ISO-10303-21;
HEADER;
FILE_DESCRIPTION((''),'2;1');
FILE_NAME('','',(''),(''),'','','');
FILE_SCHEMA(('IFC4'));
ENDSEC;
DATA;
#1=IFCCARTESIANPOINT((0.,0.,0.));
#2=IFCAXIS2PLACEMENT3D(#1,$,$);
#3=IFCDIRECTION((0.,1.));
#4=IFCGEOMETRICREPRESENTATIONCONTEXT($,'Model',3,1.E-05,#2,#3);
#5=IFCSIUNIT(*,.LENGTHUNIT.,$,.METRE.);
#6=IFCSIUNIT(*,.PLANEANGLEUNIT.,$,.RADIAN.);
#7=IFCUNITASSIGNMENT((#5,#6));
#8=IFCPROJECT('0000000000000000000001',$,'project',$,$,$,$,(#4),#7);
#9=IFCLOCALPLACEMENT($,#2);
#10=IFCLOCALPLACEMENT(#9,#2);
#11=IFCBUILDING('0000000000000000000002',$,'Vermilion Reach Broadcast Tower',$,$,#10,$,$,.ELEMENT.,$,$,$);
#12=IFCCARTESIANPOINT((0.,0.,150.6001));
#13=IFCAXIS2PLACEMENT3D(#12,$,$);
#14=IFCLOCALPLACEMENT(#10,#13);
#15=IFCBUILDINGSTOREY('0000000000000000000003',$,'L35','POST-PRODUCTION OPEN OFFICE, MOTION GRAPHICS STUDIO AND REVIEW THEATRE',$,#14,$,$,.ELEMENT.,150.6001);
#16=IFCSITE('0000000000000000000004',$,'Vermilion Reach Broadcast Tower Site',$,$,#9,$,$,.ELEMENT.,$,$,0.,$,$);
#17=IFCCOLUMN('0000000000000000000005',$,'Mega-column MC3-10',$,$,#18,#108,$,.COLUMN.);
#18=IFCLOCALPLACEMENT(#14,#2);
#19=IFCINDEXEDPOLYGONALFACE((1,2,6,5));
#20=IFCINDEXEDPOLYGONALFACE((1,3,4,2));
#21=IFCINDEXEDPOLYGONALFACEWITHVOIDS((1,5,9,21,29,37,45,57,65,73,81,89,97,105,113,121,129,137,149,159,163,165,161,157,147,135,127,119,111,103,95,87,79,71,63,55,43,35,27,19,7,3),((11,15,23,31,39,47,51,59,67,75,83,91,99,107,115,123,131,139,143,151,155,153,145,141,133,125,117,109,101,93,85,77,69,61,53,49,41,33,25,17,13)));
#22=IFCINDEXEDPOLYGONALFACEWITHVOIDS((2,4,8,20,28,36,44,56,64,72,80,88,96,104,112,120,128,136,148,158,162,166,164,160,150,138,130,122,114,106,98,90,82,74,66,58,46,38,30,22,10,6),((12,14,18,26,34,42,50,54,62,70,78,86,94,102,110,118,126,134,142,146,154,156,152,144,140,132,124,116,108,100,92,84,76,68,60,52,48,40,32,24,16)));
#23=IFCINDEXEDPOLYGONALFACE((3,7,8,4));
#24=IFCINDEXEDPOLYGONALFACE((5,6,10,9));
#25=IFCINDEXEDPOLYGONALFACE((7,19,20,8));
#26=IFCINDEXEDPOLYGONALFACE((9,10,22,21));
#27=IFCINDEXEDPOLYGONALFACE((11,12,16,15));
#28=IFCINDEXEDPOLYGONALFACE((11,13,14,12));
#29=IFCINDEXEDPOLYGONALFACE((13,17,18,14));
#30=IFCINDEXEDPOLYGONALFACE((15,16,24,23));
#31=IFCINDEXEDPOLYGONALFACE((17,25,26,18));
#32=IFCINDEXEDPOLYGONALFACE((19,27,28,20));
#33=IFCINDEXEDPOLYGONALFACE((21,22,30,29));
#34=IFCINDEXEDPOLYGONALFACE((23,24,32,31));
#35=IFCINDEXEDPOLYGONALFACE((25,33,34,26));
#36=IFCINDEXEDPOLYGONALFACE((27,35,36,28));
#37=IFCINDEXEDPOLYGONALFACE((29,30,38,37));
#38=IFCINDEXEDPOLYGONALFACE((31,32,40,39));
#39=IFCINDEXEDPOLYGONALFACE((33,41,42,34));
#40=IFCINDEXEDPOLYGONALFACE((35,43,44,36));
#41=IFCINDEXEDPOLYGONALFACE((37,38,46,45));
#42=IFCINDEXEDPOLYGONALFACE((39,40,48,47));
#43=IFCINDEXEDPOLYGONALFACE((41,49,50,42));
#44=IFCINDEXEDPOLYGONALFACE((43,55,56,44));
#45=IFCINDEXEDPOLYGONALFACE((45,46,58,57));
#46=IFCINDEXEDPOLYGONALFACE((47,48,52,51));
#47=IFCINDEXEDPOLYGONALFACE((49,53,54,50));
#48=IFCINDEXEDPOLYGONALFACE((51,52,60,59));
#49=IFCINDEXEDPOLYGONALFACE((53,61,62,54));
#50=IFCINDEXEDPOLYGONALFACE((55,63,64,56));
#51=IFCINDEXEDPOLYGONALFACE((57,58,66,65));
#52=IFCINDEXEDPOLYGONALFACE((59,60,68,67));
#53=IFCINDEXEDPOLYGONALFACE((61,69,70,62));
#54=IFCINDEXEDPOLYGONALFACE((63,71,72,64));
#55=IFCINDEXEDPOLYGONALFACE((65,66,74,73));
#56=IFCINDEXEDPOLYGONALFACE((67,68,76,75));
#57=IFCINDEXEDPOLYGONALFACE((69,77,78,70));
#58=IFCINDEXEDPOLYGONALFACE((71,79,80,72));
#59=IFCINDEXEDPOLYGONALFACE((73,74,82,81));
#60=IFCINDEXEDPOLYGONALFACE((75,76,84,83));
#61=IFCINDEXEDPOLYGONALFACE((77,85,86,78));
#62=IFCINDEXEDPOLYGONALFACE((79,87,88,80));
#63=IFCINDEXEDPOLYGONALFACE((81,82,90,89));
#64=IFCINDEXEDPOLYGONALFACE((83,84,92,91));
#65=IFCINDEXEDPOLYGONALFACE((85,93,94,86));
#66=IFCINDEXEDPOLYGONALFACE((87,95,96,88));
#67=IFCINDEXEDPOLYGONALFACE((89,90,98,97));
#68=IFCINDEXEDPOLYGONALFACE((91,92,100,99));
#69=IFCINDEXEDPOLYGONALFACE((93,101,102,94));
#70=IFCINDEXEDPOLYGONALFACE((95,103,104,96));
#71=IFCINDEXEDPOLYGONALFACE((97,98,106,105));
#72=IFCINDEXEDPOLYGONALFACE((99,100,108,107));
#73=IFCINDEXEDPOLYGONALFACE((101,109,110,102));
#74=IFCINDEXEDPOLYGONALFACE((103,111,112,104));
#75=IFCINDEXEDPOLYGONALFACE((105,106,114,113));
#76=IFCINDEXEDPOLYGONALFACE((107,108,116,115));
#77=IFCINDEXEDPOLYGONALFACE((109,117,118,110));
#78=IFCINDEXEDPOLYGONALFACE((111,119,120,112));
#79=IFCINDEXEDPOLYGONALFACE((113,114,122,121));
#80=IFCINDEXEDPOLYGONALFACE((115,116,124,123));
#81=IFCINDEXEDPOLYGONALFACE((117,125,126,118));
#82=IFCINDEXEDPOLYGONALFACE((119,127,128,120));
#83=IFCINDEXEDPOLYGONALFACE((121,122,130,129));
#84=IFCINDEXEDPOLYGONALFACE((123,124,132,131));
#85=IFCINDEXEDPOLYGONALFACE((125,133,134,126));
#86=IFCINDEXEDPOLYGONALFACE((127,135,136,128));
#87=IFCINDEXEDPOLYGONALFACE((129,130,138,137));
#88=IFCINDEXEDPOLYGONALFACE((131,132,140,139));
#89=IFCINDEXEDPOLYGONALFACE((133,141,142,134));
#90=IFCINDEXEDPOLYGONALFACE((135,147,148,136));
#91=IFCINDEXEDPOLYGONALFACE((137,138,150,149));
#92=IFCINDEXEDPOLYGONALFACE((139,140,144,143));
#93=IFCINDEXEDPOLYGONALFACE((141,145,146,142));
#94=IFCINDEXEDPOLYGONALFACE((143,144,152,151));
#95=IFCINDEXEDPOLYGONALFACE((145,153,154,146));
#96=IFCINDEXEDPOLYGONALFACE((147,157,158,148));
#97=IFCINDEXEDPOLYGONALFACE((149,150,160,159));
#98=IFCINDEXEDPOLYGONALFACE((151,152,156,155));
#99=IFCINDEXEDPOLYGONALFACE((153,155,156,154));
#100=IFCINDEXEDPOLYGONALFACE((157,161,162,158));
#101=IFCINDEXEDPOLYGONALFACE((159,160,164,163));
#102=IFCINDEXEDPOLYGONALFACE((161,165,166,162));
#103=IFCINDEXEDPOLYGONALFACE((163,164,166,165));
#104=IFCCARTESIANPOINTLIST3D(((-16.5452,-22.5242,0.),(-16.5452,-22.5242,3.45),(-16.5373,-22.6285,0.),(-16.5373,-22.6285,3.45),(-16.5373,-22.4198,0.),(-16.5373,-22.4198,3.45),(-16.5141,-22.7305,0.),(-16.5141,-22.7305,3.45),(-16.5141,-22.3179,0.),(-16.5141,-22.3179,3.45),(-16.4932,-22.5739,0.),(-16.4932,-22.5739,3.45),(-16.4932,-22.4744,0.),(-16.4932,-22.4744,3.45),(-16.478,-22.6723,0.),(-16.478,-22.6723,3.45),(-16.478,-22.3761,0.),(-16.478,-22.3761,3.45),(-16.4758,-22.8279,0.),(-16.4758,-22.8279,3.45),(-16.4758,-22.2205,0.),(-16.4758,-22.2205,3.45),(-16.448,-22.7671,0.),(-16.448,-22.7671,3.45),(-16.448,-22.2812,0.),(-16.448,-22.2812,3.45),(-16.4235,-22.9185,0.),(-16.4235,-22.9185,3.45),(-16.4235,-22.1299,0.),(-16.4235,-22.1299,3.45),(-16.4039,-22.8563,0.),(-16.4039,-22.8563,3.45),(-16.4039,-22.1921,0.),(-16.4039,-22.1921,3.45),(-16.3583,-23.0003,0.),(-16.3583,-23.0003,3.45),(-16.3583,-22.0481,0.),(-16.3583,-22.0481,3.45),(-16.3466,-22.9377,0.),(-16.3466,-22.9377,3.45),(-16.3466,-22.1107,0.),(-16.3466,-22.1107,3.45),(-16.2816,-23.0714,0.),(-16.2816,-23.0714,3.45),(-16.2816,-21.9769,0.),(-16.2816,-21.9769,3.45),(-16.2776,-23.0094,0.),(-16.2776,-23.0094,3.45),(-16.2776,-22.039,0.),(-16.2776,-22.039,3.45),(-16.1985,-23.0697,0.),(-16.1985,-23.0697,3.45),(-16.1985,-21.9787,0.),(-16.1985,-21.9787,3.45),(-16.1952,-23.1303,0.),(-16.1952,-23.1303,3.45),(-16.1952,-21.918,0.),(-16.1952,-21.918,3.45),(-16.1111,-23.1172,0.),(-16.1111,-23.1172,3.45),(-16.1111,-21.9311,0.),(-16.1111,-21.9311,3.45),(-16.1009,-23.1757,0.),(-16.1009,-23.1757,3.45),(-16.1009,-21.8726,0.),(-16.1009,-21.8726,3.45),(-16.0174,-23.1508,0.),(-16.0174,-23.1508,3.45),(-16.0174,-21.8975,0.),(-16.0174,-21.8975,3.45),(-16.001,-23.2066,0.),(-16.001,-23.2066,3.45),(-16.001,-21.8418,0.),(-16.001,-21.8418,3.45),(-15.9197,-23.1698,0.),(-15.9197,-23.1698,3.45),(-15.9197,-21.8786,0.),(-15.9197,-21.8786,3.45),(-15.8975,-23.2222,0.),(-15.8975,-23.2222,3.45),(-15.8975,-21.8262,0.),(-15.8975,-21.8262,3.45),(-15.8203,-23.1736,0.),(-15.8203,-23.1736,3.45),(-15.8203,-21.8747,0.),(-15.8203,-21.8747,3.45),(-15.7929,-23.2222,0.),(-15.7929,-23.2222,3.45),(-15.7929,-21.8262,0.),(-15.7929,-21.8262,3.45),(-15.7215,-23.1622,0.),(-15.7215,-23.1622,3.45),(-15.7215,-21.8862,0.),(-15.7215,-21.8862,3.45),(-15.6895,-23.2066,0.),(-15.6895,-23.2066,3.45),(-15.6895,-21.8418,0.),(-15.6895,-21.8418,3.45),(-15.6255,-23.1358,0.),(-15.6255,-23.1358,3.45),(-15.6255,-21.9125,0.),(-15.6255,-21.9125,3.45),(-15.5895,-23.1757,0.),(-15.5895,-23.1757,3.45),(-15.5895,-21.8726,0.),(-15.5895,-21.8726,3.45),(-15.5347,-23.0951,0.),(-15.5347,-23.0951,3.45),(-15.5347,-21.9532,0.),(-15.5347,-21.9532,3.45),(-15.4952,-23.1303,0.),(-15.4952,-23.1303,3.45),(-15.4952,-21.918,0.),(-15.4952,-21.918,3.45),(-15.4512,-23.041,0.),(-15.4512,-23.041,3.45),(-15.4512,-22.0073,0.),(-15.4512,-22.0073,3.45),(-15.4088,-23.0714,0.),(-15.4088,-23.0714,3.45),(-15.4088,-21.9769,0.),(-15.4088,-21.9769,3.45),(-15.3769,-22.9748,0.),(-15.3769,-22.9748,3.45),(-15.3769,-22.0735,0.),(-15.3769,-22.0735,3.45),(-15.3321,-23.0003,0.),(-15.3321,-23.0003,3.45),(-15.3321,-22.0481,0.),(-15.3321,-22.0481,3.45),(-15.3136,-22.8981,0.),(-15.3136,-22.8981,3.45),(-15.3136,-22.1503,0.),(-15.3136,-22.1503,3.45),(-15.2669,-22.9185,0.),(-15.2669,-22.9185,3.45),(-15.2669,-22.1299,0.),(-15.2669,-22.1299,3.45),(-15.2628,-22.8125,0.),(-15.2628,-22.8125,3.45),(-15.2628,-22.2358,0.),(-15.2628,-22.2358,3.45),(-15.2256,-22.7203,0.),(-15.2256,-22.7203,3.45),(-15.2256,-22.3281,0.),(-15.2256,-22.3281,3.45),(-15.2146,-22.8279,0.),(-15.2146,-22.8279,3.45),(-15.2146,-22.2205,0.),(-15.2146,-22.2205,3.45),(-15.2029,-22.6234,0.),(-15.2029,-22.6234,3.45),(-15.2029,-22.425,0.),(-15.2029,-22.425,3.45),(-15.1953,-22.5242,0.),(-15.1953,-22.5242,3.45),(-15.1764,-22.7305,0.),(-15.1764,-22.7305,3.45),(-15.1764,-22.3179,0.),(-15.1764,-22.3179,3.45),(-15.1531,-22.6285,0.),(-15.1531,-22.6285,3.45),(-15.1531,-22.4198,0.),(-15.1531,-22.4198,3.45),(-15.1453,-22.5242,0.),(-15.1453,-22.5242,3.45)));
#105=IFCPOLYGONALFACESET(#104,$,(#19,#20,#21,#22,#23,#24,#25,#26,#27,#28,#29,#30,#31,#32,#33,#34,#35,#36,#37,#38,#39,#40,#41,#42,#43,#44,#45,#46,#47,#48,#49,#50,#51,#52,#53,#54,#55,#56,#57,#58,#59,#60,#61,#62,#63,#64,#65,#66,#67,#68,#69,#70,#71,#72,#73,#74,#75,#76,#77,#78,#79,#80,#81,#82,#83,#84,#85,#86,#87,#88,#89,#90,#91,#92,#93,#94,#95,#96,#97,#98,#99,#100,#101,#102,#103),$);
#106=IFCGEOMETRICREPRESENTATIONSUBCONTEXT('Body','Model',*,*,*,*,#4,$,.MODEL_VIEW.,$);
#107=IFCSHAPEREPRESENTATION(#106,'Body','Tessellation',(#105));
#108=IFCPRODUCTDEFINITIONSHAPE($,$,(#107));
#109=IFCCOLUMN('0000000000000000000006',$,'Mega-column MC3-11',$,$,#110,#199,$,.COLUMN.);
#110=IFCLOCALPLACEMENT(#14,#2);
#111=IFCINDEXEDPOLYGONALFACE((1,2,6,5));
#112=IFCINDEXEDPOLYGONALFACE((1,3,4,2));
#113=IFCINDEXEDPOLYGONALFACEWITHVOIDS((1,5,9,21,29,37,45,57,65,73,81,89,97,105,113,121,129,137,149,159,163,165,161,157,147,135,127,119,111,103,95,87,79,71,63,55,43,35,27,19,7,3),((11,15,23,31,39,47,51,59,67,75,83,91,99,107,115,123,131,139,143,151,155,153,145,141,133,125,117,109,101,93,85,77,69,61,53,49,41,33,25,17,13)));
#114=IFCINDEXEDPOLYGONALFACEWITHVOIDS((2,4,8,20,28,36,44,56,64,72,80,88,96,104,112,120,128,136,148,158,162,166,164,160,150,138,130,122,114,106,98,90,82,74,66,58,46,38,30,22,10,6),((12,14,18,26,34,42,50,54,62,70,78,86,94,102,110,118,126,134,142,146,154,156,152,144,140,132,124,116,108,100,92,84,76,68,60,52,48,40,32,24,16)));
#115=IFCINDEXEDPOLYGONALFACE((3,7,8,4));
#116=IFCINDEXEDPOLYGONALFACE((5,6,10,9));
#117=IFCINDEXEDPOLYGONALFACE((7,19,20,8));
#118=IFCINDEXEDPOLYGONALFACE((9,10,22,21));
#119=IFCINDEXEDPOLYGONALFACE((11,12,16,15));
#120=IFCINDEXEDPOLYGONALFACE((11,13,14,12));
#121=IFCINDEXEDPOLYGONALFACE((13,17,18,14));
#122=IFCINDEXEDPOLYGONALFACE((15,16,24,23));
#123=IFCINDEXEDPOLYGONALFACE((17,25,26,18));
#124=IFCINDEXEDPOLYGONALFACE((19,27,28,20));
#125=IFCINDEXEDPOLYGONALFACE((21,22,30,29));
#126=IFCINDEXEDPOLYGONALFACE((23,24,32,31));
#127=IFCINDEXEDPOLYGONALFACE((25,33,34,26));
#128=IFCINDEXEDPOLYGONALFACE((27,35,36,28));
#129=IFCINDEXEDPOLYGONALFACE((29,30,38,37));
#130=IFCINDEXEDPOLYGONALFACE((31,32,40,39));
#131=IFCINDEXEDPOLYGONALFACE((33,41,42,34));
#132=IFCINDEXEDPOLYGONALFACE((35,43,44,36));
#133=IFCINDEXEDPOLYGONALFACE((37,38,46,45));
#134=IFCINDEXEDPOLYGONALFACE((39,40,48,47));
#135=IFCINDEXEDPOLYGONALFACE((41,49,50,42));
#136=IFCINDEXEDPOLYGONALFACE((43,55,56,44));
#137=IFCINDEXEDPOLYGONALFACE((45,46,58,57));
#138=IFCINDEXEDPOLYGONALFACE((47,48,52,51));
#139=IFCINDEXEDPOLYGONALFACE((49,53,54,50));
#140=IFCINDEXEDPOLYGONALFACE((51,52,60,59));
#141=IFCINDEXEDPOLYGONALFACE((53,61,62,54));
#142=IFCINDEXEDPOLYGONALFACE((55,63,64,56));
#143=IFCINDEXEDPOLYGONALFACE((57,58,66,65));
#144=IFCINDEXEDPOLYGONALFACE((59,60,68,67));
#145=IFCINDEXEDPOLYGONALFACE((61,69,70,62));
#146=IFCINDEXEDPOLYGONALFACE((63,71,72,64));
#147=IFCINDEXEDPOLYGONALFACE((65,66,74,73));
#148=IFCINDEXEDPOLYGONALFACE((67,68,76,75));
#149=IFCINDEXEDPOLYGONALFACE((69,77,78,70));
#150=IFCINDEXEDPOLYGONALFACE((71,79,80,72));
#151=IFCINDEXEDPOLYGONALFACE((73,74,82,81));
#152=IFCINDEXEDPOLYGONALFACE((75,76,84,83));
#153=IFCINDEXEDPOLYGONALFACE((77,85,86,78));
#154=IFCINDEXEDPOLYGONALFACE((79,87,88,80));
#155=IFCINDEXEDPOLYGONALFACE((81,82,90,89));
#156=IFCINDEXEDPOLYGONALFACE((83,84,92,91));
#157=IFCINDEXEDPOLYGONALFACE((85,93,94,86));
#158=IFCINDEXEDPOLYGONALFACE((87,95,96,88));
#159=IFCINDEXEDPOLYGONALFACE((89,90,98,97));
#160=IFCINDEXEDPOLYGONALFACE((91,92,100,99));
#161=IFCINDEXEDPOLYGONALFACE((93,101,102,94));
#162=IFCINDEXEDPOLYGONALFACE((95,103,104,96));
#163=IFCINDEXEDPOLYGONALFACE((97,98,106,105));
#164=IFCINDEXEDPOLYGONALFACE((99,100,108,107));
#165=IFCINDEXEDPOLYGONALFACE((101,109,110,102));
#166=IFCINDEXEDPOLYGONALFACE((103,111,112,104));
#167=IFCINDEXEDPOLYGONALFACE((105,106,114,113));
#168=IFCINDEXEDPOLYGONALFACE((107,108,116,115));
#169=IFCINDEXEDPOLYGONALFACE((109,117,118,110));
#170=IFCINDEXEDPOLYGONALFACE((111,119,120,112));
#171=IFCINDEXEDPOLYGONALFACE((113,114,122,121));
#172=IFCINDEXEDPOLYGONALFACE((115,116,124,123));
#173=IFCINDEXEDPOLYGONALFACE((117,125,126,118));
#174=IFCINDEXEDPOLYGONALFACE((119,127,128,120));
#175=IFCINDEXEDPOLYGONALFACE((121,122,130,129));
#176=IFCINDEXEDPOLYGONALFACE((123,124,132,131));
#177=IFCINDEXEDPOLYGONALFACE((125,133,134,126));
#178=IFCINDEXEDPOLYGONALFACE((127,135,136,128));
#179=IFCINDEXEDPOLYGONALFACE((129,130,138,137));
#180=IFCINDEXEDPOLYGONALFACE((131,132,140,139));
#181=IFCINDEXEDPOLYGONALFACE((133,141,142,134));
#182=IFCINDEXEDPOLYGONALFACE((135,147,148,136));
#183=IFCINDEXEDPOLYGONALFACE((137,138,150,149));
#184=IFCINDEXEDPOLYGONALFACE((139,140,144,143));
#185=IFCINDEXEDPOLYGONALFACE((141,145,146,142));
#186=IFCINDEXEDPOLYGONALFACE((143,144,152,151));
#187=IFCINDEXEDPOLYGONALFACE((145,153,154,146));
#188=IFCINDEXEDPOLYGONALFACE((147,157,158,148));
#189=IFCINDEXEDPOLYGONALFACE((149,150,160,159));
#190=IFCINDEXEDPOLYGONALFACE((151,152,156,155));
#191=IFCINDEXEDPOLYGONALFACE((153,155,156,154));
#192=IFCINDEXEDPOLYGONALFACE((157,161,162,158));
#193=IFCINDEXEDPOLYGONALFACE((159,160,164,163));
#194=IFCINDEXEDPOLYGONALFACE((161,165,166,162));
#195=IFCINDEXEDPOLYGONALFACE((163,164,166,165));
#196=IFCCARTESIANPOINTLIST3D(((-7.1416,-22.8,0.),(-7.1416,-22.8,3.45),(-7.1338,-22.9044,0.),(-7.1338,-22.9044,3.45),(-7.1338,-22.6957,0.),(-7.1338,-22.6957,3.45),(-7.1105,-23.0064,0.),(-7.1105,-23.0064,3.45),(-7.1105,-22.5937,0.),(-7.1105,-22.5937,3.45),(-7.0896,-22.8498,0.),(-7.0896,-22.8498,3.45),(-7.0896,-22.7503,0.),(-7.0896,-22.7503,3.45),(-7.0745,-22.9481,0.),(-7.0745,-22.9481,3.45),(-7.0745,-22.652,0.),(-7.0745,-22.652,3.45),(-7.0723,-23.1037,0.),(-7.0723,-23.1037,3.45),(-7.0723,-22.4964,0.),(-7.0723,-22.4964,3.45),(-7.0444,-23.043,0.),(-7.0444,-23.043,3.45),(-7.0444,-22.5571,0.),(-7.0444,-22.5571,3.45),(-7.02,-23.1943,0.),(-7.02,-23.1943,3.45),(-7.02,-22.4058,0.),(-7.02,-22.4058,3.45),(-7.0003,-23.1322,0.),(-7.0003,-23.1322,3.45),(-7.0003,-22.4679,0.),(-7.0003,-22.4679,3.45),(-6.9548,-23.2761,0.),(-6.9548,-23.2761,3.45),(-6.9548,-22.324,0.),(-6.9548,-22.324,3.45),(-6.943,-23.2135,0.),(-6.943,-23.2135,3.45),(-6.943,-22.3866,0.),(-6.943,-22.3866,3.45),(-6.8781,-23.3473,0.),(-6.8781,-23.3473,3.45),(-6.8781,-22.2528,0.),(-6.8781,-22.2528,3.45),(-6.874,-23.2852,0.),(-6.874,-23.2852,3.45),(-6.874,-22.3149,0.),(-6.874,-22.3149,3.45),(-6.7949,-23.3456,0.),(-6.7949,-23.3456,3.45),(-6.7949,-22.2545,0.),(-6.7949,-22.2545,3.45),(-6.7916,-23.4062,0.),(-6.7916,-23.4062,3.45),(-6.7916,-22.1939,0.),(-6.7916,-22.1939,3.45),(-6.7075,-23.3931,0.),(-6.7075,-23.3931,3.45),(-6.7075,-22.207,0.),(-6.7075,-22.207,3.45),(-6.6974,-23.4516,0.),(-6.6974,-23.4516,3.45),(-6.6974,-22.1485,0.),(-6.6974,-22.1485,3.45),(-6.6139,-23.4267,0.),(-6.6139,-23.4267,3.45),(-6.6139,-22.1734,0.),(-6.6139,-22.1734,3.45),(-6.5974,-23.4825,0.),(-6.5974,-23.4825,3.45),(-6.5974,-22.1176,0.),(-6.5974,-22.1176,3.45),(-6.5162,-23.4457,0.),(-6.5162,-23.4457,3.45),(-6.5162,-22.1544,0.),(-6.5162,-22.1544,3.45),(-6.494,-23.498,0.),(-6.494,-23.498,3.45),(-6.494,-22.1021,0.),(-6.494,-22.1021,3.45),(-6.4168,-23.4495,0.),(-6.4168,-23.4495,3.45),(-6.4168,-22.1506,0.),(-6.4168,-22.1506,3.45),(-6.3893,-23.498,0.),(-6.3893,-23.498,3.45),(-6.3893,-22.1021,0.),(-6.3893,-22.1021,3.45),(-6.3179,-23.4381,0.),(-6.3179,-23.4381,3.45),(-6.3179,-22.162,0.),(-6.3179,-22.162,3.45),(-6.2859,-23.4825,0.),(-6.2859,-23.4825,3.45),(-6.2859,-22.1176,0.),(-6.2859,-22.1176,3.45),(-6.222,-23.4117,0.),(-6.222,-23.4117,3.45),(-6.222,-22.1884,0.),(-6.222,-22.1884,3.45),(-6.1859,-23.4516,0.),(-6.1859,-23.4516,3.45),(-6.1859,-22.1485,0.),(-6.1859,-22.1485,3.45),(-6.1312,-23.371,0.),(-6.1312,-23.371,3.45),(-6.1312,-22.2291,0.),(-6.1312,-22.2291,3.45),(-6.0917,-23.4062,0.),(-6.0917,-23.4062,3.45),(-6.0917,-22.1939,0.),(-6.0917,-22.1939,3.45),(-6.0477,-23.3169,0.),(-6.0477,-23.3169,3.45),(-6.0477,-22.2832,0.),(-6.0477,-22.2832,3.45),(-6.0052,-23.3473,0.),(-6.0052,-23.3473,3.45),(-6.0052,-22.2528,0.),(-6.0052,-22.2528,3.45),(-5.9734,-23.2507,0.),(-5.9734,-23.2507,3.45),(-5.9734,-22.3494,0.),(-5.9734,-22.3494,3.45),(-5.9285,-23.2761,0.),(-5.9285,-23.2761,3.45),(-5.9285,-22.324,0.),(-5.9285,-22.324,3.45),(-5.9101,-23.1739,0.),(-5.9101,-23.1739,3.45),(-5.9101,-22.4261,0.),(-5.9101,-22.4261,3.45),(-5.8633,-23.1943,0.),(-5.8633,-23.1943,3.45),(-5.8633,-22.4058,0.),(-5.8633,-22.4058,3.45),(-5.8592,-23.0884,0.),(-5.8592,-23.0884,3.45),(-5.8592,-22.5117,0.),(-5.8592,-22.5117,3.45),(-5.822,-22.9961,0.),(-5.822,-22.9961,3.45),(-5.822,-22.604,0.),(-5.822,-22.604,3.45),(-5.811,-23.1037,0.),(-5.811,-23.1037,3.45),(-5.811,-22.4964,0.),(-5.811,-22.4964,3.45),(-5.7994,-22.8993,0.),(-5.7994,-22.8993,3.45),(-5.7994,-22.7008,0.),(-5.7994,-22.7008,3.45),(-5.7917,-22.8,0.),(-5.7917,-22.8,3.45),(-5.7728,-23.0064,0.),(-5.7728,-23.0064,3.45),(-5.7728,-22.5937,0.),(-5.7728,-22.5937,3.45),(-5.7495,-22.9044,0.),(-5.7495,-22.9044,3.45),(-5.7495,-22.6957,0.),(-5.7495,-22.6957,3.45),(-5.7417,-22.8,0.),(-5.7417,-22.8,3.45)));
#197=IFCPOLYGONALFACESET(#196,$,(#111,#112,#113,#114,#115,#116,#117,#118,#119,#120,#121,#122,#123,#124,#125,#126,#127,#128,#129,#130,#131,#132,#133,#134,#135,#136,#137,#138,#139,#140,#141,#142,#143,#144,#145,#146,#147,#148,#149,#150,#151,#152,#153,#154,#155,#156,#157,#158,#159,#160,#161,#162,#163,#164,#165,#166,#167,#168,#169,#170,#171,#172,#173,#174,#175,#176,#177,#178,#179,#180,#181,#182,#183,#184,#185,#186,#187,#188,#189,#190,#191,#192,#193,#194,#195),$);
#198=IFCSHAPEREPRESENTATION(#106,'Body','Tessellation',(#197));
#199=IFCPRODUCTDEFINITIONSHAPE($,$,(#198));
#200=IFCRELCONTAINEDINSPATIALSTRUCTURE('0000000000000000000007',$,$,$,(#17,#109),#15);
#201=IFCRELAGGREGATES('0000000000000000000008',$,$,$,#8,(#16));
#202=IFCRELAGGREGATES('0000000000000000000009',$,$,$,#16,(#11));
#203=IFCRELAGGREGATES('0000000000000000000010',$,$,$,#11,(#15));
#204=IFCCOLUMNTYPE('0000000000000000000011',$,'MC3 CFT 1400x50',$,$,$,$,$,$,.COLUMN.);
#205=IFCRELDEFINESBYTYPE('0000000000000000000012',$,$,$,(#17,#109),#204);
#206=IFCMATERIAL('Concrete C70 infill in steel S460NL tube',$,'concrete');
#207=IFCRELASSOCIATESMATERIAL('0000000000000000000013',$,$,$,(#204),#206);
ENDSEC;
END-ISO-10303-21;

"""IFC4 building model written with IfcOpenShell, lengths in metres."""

from ifc_helpers import new_model, si_unit, direction, frame, origin, origin_2d, place, context, subcontext, project, spatial, hollow_circle, extrude, material, material_profile, profile_set, type_object, element, save


model = new_model("IFC4")

# Units and contexts
model_context = context("Model", 3, precision=1e-05, world=origin(), true_north=direction((0.0, 1.0)))
body_context = subcontext(model_context, "Body", "Model", "MODEL_VIEW")
ifc_project = project(units=[si_unit("LENGTHUNIT", "METRE"), si_unit("PLANEANGLEUNIT", "RADIAN")], contexts=[model_context])

# Site, building, storey
site_placement = place(None, origin())
site = spatial("IfcSite", under=ifc_project, at=site_placement, Name="Vermilion Reach Broadcast Tower Site", CompositionType="ELEMENT", RefElevation=0.0)
building_placement = place(site_placement, origin())
building = spatial("IfcBuilding", under=site, at=building_placement, Name="Vermilion Reach Broadcast Tower", CompositionType="ELEMENT")
storey_placement = place(building_placement, frame((0.0, 0.0, 150.6001)))
storey = spatial("IfcBuildingStorey", under=building, at=storey_placement, Name="L35", Description="POST-PRODUCTION OPEN OFFICE, MOTION GRAPHICS STUDIO AND REVIEW THEATRE", CompositionType="ELEMENT", Elevation=150.6001)

# Columns
ifc_material_1 = material(Name="Concrete C70 infill in steel S460NL tube", Category="concrete")
ifc_material_profile_1 = material_profile(ifc_material_1, hollow_circle(Radius=0.7, WallThickness=0.05, at=origin_2d()), Name="Concrete C70 infill in steel S460NL tube CFT 1400x50")
ifc_profile_set_1 = profile_set([ifc_material_profile_1], Name="Concrete C70 infill in steel S460NL tube")
column_type = type_object("IfcColumnType", Name="MC3 CFT 1400x50", PredefinedType="COLUMN", material=ifc_profile_set_1)
for number, where, z_axis, x_axis, name in (
    (1, (-15.8452, -22.5242, 0.0), (0.0, 0.0, 1.0), (1.0, 0.0, 0.0), "Mega-column MC3-10"),
    (2, (-6.4417, -22.8, 0.0), (0.0, 0.0, 1.0), (1.0, 0.0, 0.0), "Mega-column MC3-11"),
):
    element("IfcColumn", number, at=place(storey_placement, frame(where, z_axis=z_axis, x_axis=x_axis)), inside=storey, type_object=column_type, Name=name, PredefinedType="COLUMN", context=body_context, shape_type="SweptSolid", body=[
        extrude(hollow_circle(Radius=0.7, WallThickness=0.05, at=origin_2d()), origin(), (0.0, 0.0, 1.0), 3.45),
    ])

save(model, "model.ifc")
